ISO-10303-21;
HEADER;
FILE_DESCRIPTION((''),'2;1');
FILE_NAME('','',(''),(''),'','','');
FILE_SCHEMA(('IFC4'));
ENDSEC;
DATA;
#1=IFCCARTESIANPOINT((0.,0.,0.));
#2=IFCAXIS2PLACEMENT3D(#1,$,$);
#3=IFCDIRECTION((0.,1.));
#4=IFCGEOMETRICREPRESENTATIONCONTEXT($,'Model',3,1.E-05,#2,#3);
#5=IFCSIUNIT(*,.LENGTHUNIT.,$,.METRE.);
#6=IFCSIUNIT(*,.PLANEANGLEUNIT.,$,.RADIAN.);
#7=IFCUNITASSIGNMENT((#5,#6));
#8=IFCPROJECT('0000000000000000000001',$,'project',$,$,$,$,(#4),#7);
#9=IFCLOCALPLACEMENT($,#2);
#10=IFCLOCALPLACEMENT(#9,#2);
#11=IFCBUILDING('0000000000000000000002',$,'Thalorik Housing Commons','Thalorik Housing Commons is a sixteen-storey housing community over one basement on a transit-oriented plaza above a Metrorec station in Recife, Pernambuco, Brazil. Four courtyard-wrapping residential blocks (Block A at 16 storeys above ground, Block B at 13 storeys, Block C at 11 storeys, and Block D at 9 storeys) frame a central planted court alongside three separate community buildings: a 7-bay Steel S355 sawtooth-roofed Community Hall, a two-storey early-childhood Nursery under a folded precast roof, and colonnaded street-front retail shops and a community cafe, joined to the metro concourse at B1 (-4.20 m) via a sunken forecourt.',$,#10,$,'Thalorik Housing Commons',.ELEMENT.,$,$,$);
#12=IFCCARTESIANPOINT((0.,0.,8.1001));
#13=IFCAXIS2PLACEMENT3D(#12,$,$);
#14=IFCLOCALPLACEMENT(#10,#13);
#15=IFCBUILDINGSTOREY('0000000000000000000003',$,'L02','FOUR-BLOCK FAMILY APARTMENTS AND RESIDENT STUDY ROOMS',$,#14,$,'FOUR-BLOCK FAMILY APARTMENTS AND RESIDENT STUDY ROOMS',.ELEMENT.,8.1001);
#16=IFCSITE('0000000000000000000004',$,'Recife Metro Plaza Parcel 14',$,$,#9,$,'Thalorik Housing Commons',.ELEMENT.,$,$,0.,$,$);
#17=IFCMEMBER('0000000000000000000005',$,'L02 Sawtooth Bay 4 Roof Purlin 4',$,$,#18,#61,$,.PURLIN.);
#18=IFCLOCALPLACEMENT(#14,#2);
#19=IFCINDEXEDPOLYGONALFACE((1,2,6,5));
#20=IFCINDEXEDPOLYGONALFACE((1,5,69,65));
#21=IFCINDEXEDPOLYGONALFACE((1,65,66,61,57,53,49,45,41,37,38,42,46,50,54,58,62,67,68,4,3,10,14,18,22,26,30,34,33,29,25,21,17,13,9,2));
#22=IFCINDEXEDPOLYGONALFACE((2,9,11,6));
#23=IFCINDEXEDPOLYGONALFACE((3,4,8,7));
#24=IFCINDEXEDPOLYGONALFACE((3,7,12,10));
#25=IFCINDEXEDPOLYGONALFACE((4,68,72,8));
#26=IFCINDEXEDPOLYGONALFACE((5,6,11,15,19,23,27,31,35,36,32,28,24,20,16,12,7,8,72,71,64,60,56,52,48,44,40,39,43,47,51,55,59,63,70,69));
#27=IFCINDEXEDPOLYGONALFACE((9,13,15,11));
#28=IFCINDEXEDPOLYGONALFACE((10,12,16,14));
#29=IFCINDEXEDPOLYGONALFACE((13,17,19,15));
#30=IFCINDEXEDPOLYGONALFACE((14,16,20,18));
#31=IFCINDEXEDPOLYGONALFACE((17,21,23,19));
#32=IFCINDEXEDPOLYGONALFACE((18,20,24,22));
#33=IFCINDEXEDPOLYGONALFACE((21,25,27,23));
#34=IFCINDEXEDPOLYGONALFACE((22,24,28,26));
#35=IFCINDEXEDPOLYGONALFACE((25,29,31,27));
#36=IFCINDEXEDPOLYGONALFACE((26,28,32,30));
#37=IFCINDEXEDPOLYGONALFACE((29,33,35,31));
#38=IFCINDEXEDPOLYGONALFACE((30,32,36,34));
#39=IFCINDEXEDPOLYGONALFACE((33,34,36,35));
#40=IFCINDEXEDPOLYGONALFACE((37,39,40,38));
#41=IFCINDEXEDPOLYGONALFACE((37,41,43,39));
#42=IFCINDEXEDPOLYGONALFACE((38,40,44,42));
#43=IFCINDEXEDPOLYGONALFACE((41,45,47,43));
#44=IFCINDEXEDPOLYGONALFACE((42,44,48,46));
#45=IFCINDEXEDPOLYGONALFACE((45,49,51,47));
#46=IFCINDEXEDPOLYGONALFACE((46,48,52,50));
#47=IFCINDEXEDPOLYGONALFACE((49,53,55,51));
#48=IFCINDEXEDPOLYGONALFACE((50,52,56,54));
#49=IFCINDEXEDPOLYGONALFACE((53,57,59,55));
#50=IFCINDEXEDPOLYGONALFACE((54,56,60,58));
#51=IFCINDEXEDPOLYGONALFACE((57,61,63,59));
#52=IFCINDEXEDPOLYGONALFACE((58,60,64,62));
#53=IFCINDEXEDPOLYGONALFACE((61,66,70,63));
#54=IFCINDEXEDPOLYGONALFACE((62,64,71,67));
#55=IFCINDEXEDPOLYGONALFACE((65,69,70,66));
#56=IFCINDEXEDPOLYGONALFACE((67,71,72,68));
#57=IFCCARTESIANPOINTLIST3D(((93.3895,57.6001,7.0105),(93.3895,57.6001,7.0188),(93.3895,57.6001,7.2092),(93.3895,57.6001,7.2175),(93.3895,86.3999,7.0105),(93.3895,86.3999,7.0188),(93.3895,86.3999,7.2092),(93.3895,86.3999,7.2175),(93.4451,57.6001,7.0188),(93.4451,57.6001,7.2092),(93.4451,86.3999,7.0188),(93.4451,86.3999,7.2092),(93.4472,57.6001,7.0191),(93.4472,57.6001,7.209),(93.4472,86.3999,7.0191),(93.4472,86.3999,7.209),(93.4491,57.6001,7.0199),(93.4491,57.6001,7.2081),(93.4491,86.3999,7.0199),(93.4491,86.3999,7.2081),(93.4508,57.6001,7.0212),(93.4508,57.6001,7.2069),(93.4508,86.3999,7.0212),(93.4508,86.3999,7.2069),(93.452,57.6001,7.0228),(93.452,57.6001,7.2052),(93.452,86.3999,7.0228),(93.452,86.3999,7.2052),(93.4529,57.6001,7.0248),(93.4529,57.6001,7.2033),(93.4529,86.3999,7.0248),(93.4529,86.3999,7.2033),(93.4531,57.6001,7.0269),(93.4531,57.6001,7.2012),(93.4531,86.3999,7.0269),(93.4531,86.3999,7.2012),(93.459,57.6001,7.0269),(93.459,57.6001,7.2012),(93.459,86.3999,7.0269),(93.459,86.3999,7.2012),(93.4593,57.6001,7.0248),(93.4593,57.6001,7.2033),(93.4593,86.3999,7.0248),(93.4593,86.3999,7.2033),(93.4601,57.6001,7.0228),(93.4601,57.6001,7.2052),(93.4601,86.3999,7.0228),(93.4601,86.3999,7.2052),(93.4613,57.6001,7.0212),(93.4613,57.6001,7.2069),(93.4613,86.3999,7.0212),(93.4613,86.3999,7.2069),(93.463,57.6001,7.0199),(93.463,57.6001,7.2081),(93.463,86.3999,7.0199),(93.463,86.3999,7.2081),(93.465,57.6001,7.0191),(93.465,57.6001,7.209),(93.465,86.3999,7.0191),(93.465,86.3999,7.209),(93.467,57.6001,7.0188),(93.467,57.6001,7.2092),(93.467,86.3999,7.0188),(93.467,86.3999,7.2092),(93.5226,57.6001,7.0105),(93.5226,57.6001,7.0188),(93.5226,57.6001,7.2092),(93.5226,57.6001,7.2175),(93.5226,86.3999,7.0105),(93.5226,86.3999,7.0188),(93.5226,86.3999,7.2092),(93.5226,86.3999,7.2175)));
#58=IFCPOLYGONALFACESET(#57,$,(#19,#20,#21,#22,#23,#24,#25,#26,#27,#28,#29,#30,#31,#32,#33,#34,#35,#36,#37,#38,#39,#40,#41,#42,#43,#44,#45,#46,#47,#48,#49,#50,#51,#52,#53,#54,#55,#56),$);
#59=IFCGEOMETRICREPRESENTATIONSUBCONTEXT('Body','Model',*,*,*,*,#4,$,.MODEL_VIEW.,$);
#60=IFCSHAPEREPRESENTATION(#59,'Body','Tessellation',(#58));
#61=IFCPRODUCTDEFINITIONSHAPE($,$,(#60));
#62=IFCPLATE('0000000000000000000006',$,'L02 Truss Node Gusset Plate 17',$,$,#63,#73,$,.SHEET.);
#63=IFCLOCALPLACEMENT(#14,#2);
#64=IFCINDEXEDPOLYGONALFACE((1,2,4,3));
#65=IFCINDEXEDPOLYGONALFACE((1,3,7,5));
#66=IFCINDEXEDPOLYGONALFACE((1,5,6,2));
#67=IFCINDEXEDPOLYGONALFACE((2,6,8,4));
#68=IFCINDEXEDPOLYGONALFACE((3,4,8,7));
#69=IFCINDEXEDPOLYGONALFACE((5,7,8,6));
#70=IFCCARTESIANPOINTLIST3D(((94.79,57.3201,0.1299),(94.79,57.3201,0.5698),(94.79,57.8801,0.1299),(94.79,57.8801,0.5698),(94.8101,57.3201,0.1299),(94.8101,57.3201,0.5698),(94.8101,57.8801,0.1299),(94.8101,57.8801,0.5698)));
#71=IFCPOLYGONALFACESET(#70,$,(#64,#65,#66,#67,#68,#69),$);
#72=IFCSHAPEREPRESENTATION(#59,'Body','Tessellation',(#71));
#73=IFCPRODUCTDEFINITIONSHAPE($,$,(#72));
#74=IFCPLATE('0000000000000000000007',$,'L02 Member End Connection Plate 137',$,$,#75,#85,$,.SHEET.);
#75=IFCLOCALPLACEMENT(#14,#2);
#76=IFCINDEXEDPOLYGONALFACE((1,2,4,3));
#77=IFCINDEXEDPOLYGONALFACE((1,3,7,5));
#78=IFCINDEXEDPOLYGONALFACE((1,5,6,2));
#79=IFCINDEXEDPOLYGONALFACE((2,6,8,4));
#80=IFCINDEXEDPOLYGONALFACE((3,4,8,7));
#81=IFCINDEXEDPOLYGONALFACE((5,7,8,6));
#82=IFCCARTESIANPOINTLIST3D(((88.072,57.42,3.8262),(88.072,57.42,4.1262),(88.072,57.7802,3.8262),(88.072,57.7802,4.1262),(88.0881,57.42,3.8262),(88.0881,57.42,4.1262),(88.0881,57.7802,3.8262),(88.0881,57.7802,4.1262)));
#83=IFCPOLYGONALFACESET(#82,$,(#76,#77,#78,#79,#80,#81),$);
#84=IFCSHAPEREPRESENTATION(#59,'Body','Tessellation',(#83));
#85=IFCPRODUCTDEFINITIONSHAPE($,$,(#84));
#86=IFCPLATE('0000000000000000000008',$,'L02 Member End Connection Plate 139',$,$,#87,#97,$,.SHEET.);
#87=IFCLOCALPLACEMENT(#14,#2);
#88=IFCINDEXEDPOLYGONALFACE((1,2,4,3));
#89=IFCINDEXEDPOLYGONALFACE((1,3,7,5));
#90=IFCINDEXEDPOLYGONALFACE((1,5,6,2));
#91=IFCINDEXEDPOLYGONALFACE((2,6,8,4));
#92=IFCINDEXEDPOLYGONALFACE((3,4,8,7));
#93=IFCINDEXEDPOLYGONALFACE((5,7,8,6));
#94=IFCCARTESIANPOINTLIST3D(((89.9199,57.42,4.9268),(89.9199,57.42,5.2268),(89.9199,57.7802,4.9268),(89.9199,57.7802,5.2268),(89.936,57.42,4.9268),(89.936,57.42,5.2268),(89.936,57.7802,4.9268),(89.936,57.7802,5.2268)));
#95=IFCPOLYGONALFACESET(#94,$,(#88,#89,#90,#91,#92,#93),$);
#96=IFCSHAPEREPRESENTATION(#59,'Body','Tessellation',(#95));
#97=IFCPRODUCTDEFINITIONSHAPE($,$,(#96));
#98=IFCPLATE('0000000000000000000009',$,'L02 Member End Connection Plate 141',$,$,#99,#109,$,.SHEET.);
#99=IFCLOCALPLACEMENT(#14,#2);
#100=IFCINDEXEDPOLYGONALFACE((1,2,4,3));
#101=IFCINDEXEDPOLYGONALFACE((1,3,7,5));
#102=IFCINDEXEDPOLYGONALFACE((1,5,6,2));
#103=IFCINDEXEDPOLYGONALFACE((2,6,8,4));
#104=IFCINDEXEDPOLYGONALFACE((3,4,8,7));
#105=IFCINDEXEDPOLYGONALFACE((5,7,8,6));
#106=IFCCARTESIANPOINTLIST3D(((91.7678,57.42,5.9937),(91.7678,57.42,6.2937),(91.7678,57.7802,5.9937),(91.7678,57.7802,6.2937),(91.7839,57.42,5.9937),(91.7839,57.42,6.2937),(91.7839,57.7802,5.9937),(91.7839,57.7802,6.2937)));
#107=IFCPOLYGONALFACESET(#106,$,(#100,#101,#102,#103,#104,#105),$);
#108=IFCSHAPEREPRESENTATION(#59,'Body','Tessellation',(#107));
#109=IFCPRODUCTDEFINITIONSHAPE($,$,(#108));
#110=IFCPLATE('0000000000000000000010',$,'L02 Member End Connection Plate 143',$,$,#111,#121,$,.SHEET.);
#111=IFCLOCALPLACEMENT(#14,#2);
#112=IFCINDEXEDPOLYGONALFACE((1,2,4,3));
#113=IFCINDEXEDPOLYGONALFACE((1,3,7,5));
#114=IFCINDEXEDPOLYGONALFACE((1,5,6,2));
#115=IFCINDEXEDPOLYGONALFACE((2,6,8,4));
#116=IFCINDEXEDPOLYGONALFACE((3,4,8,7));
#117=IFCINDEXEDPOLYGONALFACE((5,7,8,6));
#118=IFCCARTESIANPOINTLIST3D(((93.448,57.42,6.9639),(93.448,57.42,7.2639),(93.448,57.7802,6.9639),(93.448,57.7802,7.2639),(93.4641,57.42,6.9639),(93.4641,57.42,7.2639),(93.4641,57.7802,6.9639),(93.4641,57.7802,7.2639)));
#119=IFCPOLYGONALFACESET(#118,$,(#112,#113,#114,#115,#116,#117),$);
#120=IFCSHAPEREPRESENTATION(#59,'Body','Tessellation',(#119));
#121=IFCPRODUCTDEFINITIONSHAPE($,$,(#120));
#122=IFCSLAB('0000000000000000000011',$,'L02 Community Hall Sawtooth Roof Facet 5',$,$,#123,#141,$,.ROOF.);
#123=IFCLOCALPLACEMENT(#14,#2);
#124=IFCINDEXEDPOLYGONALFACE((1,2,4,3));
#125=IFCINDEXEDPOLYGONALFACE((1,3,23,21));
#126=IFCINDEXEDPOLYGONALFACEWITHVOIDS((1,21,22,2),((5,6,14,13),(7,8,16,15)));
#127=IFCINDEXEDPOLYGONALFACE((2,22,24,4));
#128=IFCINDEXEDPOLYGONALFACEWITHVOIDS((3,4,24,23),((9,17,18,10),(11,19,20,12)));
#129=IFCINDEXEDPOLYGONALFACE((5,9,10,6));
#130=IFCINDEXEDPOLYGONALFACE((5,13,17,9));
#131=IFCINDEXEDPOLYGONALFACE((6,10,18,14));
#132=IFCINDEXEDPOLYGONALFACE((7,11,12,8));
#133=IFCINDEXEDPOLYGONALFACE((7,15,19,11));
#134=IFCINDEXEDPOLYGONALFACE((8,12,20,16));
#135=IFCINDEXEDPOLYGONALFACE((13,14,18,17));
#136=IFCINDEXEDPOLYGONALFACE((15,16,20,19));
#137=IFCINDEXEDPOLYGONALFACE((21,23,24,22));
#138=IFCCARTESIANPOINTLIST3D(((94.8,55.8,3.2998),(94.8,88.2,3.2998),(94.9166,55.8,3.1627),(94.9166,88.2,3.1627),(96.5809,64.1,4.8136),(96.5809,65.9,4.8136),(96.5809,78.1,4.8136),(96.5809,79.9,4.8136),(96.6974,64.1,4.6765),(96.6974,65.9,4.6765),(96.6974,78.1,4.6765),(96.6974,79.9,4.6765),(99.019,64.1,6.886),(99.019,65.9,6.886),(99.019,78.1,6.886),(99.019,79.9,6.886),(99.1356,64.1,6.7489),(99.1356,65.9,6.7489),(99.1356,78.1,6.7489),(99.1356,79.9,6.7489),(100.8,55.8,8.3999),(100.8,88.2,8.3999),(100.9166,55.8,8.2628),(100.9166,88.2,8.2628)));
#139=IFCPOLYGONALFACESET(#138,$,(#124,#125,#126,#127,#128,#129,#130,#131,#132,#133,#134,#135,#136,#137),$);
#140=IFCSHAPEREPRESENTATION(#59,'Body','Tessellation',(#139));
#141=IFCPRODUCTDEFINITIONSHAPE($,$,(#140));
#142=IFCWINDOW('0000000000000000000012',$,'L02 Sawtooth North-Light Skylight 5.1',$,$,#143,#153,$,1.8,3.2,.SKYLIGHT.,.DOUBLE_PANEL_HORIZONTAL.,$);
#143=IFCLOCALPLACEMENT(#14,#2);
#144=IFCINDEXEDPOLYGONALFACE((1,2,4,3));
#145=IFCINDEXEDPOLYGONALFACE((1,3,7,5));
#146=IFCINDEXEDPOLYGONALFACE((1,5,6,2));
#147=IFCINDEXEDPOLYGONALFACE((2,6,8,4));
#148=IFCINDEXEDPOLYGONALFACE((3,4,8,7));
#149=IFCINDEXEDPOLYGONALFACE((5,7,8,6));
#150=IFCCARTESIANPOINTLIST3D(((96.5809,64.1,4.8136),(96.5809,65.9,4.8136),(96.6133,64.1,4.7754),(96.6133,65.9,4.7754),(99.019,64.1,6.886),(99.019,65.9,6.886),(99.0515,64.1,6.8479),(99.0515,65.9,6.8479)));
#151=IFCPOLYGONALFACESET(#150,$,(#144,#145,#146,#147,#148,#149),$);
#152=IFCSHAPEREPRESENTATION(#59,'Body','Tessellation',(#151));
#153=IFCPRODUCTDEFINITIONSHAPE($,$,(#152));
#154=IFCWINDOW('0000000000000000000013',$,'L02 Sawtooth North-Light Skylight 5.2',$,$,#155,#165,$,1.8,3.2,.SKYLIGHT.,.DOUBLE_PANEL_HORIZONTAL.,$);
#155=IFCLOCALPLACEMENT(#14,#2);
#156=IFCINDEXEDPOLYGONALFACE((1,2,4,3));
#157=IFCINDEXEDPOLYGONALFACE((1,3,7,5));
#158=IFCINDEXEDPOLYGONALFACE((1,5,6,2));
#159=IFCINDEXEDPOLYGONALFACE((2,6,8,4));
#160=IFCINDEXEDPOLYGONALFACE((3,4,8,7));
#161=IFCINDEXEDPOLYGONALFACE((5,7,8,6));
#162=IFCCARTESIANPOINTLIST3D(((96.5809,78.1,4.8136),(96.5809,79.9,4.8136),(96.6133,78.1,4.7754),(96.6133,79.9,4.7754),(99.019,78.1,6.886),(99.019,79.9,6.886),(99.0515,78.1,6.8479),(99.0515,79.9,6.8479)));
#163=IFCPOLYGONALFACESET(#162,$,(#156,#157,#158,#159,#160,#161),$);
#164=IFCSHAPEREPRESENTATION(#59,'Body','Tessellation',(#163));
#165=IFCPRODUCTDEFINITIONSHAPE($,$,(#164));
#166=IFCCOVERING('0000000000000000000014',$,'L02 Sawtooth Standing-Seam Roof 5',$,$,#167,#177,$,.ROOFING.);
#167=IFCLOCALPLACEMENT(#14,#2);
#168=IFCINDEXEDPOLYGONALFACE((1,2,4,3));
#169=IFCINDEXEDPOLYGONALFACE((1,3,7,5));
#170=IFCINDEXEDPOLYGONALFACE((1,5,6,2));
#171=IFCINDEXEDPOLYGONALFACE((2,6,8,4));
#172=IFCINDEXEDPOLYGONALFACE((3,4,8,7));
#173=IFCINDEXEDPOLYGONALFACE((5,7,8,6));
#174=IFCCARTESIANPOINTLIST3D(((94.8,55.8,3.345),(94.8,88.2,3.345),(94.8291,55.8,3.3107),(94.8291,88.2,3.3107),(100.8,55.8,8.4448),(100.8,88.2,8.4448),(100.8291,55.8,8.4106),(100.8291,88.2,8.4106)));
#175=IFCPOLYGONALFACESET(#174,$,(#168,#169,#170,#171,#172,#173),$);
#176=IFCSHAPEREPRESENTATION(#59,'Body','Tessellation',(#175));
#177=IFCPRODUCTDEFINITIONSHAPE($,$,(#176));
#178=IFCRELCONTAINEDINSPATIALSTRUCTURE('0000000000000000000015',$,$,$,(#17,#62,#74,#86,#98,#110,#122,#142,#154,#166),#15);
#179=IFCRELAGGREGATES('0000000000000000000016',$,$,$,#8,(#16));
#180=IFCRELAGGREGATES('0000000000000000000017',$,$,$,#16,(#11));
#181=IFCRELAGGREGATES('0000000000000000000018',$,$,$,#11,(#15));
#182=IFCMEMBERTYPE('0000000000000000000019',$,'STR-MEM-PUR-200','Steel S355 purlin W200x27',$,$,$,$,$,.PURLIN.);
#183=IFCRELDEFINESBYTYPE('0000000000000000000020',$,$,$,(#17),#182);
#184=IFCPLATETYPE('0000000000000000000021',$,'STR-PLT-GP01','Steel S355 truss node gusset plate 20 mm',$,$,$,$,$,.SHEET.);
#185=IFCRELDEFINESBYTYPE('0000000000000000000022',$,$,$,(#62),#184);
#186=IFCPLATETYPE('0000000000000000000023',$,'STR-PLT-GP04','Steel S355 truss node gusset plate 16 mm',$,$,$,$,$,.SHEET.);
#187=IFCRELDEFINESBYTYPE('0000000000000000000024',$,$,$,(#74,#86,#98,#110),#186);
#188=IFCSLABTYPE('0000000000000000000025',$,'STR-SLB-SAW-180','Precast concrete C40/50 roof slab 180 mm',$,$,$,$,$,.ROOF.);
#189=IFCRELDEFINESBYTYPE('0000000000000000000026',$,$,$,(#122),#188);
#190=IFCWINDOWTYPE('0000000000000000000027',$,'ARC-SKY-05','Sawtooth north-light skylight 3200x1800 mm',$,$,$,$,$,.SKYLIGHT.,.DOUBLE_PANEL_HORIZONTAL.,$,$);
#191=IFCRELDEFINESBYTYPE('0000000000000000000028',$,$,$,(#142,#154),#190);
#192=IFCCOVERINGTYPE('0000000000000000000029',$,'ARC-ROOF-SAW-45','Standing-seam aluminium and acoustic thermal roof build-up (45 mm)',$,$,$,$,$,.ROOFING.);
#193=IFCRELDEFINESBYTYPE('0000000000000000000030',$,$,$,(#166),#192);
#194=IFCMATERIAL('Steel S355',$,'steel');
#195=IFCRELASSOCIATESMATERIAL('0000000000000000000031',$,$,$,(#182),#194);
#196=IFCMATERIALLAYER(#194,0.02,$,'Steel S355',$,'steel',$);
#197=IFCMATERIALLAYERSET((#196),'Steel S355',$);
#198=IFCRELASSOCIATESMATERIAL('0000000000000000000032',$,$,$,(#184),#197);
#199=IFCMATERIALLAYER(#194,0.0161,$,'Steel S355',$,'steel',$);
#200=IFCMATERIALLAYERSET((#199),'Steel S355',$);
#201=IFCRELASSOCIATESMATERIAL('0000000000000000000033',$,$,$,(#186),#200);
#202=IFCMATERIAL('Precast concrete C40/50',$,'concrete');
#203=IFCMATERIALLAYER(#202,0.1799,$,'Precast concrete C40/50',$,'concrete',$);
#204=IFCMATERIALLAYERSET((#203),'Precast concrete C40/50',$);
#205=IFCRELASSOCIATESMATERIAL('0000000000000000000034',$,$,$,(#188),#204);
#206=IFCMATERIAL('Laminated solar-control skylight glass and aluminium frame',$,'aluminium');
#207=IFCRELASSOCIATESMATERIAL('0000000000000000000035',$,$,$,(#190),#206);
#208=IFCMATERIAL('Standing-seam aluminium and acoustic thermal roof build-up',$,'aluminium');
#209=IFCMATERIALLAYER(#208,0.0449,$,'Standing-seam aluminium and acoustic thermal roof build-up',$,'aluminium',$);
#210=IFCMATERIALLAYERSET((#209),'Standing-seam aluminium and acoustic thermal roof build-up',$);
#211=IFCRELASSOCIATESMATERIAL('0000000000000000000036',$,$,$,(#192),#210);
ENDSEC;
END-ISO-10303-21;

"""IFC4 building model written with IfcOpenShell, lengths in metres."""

from ifc_helpers import new_model, si_unit, direction, frame, origin, origin_2d, place, context, subcontext, project, spatial, polyline, rectangle, i_section, outline, extrude, material, layer, layer_set, material_profile, profile_set, type_object, element, fill, save


model = new_model("IFC4")

# Units and contexts
model_context = context("Model", 3, precision=1e-05, world=origin(), true_north=direction((0.0, 1.0)))
body_context = subcontext(model_context, "Body", "Model", "MODEL_VIEW")
ifc_project = project(units=[si_unit("LENGTHUNIT", "METRE"), si_unit("PLANEANGLEUNIT", "RADIAN")], contexts=[model_context])

# Site, building, storey
site_placement = place(None, origin())
site = spatial("IfcSite", under=ifc_project, at=site_placement, Name="Recife Metro Plaza Parcel 14", LongName="Thalorik Housing Commons", CompositionType="ELEMENT", RefElevation=0.0)
building_placement = place(site_placement, origin())
building = spatial("IfcBuilding", under=site, at=building_placement, Name="Thalorik Housing Commons", Description="Thalorik Housing Commons is a sixteen-storey housing community over one basement on a transit-oriented plaza above a Metrorec station in Recife, Pernambuco, Brazil. Four courtyard-wrapping residential blocks (Block A at 16 storeys above ground, Block B at 13 storeys, Block C at 11 storeys, and Block D at 9 storeys) frame a central planted court alongside three separate community buildings: a 7-bay Steel S355 sawtooth-roofed Community Hall, a two-storey early-childhood Nursery under a folded precast roof, and colonnaded street-front retail shops and a community cafe, joined to the metro concourse at B1 (-4.20 m) via a sunken forecourt.", LongName="Thalorik Housing Commons", CompositionType="ELEMENT")
storey_placement = place(building_placement, frame((0.0, 0.0, 8.1001)))
storey = spatial("IfcBuildingStorey", under=building, at=storey_placement, Name="L02", Description="FOUR-BLOCK FAMILY APARTMENTS AND RESIDENT STUDY ROOMS", LongName="FOUR-BLOCK FAMILY APARTMENTS AND RESIDENT STUDY ROOMS", CompositionType="ELEMENT", Elevation=8.1001)

# Shared definitions
ifc_material_1 = material(Name="Steel S355", Category="steel")

# Member
ifc_material_profile_1 = material_profile(ifc_material_1, i_section(OverallWidth=0.1331, OverallDepth=0.207, WebThickness=0.0059, FlangeThickness=0.0083, FilletRadius=0.0081, at=origin_2d()), Name="W200x27", Category="steel")
ifc_profile_set_1 = profile_set([ifc_material_profile_1], Name="Steel S355")
member_type_1 = type_object("IfcMemberType", Name="STR-MEM-PUR-200", Description="Steel S355 purlin W200x27", PredefinedType="PURLIN", material=ifc_profile_set_1)
for number, where, z_axis, x_axis, name in (
    (1, (93.4561, 57.6001, 7.114), (0.0, 1.0, 0.0), (-1.0, 0.0, 0.0), "L02 Sawtooth Bay 4 Roof Purlin 4"),
):
    element("IfcMember", number, at=place(storey_placement, frame(where, z_axis=z_axis, x_axis=x_axis)), inside=storey, type_object=member_type_1, Name=name, PredefinedType="PURLIN", context=body_context, shape_type="SweptSolid", body=[
        extrude(i_section(OverallWidth=0.1331, OverallDepth=0.207, WebThickness=0.0059, FlangeThickness=0.0083, FilletRadius=0.0081, at=origin_2d()), origin(), (0.0, 0.0, 1.0), 28.7998),
    ])

# Plates
ifc_layer_1 = layer(ifc_material_1, 0.02, Name="Steel S355", Category="steel")
ifc_layer_set_1 = layer_set([ifc_layer_1], Name="Steel S355")
plate_type_1 = type_object("IfcPlateType", Name="STR-PLT-GP01", Description="Steel S355 truss node gusset plate 20 mm", PredefinedType="SHEET", material=ifc_layer_set_1)
plate_placement = place(storey_placement, frame((94.8, 57.6001, 0.1299), z_axis=(0.0, 0.0, 1.0), x_axis=(1.0, 0.0, 0.0)))
element("IfcPlate", 2, at=plate_placement, inside=storey, type_object=plate_type_1, Name="L02 Truss Node Gusset Plate 17", PredefinedType="SHEET", context=body_context, shape_type="SweptSolid", body=[
    extrude(rectangle(XDim=0.02, YDim=0.5601, at=origin_2d()), origin(), (0.0, 0.0, 1.0), 0.4399),
])
ifc_layer_2 = layer(ifc_material_1, 0.0161, Name="Steel S355", Category="steel")
ifc_layer_set_2 = layer_set([ifc_layer_2], Name="Steel S355")
plate_type_2 = type_object("IfcPlateType", Name="STR-PLT-GP04", Description="Steel S355 truss node gusset plate 16 mm", PredefinedType="SHEET", material=ifc_layer_set_2)
for number, where, z_axis, x_axis, name in (
    (3, (88.0801, 57.6001, 3.8262), (0.0, 0.0, 1.0), (1.0, 0.0, 0.0), "L02 Member End Connection Plate 137"),
    (4, (89.928, 57.6001, 4.9268), (0.0, 0.0, 1.0), (1.0, 0.0, 0.0), "L02 Member End Connection Plate 139"),
    (5, (91.7759, 57.6001, 5.9937), (0.0, 0.0, 1.0), (1.0, 0.0, 0.0), "L02 Member End Connection Plate 141"),
    (6, (93.4561, 57.6001, 6.9639), (0.0, 0.0, 1.0), (1.0, 0.0, 0.0), "L02 Member End Connection Plate 143"),
):
    element("IfcPlate", number, at=place(storey_placement, frame(where, z_axis=z_axis, x_axis=x_axis)), inside=storey, type_object=plate_type_2, Name=name, PredefinedType="SHEET", context=body_context, shape_type="SweptSolid", body=[
        extrude(rectangle(XDim=0.0161, YDim=0.3601, at=origin_2d()), origin(), (0.0, 0.0, 1.0), 0.3),
    ])

# Slab, openings, windows
ifc_material_2 = material(Name="Precast concrete C40/50", Category="concrete")
ifc_layer_3 = layer(ifc_material_2, 0.1799, Name="Precast concrete C40/50", Category="concrete")
ifc_layer_set_3 = layer_set([ifc_layer_3], Name="Precast concrete C40/50")
slab_type = type_object("IfcSlabType", Name="STR-SLB-SAW-180", Description="Precast concrete C40/50 roof slab 180 mm", PredefinedType="ROOF", material=ifc_layer_set_3)
slab_placement = place(storey_placement, frame((94.8, 55.8, 3.2998), z_axis=(-0.647656, 0.0, 0.761933), x_axis=(0.761933, 0.0, 0.647656)))
slab = element("IfcSlab", 7, at=slab_placement, inside=storey, type_object=slab_type, Name="L02 Community Hall Sawtooth Roof Facet 5", PredefinedType="ROOF", context=body_context, shape_type="SweptSolid", body=[
    extrude(outline(polyline([(0.0, 0.0), (7.8747, 0.0), (7.8747, 32.3999), (0.0, 32.3999), (0.0, 0.0)])), origin(), (0.0, 0.0, -1.0), 0.1799),
])
opening_1_placement = place(slab_placement, frame((3.9373, 9.2, 0.01), z_axis=(0.0, 0.0, -1.0), x_axis=(1.0, 0.0, 0.0)))
opening_1 = element("IfcOpeningElement", 8, at=opening_1_placement, cuts=slab, PredefinedType="OPENING", context=body_context, shape_type="SweptSolid", body=[
    extrude(rectangle(XDim=3.2, YDim=1.8, at=origin_2d()), origin(), (0.0, 0.0, 1.0), 0.2),
])
opening_2_placement = place(slab_placement, frame((3.9373, 23.2, 0.01), z_axis=(0.0, 0.0, -1.0), x_axis=(1.0, 0.0, 0.0)))
opening_2 = element("IfcOpeningElement", 9, at=opening_2_placement, cuts=slab, PredefinedType="OPENING", context=body_context, shape_type="SweptSolid", body=[
    extrude(rectangle(XDim=3.2, YDim=1.8, at=origin_2d()), origin(), (0.0, 0.0, 1.0), 0.2),
])
ifc_material_3 = material(Name="Laminated solar-control skylight glass and aluminium frame", Category="aluminium")
window_type = type_object("IfcWindowType", Name="ARC-SKY-05", Description="Sawtooth north-light skylight 3200x1800 mm", PartitioningType="DOUBLE_PANEL_HORIZONTAL", PredefinedType="SKYLIGHT", material=ifc_material_3)
window_1_placement = place(opening_1_placement, frame((0.0, 0.0, 0.01)))
window_1 = element("IfcWindow", 10, at=window_1_placement, inside=storey, type_object=window_type, Name="L02 Sawtooth North-Light Skylight 5.1", OverallHeight=1.8, OverallWidth=3.2, PartitioningType="DOUBLE_PANEL_HORIZONTAL", PredefinedType="SKYLIGHT", context=body_context, shape_type="SweptSolid", body=[
    extrude(rectangle(XDim=3.2, YDim=1.8, at=origin_2d()), origin(), (0.0, 0.0, 1.0), 0.05),
])
fill(opening_1, window_1)
window_2_placement = place(opening_2_placement, frame((0.0, 0.0, 0.01)))
window_2 = element("IfcWindow", 11, at=window_2_placement, inside=storey, type_object=window_type, Name="L02 Sawtooth North-Light Skylight 5.2", OverallHeight=1.8, OverallWidth=3.2, PartitioningType="DOUBLE_PANEL_HORIZONTAL", PredefinedType="SKYLIGHT", context=body_context, shape_type="SweptSolid", body=[
    extrude(rectangle(XDim=3.2, YDim=1.8, at=origin_2d()), origin(), (0.0, 0.0, 1.0), 0.05),
])
fill(opening_2, window_2)

# Covering
ifc_material_4 = material(Name="Standing-seam aluminium and acoustic thermal roof build-up", Category="aluminium")
ifc_layer_4 = layer(ifc_material_4, 0.0449, Name="Standing-seam aluminium and acoustic thermal roof build-up", Category="aluminium")
ifc_layer_set_4 = layer_set([ifc_layer_4], Name="Standing-seam aluminium and acoustic thermal roof build-up")
covering_type = type_object("IfcCoveringType", Name="ARC-ROOF-SAW-45", Description="Standing-seam aluminium and acoustic thermal roof build-up (45 mm)", PredefinedType="ROOFING", material=ifc_layer_set_4)
covering_placement = place(storey_placement, frame((94.8, 55.8, 3.345), z_axis=(-0.647638, 0.0, 0.761948), x_axis=(0.761948, 0.0, 0.647638)))
element("IfcCovering", 12, at=covering_placement, inside=storey, type_object=covering_type, Name="L02 Sawtooth Standing-Seam Roof 5", PredefinedType="ROOFING", context=body_context, shape_type="SweptSolid", body=[
    extrude(outline(polyline([(0.0, 0.0), (7.8745, 0.0), (7.8745, 32.3999), (0.0, 32.3999), (0.0, 0.0)])), origin(), (0.0, 0.0, -1.0), 0.0449),
])

save(model, "model.ifc")
